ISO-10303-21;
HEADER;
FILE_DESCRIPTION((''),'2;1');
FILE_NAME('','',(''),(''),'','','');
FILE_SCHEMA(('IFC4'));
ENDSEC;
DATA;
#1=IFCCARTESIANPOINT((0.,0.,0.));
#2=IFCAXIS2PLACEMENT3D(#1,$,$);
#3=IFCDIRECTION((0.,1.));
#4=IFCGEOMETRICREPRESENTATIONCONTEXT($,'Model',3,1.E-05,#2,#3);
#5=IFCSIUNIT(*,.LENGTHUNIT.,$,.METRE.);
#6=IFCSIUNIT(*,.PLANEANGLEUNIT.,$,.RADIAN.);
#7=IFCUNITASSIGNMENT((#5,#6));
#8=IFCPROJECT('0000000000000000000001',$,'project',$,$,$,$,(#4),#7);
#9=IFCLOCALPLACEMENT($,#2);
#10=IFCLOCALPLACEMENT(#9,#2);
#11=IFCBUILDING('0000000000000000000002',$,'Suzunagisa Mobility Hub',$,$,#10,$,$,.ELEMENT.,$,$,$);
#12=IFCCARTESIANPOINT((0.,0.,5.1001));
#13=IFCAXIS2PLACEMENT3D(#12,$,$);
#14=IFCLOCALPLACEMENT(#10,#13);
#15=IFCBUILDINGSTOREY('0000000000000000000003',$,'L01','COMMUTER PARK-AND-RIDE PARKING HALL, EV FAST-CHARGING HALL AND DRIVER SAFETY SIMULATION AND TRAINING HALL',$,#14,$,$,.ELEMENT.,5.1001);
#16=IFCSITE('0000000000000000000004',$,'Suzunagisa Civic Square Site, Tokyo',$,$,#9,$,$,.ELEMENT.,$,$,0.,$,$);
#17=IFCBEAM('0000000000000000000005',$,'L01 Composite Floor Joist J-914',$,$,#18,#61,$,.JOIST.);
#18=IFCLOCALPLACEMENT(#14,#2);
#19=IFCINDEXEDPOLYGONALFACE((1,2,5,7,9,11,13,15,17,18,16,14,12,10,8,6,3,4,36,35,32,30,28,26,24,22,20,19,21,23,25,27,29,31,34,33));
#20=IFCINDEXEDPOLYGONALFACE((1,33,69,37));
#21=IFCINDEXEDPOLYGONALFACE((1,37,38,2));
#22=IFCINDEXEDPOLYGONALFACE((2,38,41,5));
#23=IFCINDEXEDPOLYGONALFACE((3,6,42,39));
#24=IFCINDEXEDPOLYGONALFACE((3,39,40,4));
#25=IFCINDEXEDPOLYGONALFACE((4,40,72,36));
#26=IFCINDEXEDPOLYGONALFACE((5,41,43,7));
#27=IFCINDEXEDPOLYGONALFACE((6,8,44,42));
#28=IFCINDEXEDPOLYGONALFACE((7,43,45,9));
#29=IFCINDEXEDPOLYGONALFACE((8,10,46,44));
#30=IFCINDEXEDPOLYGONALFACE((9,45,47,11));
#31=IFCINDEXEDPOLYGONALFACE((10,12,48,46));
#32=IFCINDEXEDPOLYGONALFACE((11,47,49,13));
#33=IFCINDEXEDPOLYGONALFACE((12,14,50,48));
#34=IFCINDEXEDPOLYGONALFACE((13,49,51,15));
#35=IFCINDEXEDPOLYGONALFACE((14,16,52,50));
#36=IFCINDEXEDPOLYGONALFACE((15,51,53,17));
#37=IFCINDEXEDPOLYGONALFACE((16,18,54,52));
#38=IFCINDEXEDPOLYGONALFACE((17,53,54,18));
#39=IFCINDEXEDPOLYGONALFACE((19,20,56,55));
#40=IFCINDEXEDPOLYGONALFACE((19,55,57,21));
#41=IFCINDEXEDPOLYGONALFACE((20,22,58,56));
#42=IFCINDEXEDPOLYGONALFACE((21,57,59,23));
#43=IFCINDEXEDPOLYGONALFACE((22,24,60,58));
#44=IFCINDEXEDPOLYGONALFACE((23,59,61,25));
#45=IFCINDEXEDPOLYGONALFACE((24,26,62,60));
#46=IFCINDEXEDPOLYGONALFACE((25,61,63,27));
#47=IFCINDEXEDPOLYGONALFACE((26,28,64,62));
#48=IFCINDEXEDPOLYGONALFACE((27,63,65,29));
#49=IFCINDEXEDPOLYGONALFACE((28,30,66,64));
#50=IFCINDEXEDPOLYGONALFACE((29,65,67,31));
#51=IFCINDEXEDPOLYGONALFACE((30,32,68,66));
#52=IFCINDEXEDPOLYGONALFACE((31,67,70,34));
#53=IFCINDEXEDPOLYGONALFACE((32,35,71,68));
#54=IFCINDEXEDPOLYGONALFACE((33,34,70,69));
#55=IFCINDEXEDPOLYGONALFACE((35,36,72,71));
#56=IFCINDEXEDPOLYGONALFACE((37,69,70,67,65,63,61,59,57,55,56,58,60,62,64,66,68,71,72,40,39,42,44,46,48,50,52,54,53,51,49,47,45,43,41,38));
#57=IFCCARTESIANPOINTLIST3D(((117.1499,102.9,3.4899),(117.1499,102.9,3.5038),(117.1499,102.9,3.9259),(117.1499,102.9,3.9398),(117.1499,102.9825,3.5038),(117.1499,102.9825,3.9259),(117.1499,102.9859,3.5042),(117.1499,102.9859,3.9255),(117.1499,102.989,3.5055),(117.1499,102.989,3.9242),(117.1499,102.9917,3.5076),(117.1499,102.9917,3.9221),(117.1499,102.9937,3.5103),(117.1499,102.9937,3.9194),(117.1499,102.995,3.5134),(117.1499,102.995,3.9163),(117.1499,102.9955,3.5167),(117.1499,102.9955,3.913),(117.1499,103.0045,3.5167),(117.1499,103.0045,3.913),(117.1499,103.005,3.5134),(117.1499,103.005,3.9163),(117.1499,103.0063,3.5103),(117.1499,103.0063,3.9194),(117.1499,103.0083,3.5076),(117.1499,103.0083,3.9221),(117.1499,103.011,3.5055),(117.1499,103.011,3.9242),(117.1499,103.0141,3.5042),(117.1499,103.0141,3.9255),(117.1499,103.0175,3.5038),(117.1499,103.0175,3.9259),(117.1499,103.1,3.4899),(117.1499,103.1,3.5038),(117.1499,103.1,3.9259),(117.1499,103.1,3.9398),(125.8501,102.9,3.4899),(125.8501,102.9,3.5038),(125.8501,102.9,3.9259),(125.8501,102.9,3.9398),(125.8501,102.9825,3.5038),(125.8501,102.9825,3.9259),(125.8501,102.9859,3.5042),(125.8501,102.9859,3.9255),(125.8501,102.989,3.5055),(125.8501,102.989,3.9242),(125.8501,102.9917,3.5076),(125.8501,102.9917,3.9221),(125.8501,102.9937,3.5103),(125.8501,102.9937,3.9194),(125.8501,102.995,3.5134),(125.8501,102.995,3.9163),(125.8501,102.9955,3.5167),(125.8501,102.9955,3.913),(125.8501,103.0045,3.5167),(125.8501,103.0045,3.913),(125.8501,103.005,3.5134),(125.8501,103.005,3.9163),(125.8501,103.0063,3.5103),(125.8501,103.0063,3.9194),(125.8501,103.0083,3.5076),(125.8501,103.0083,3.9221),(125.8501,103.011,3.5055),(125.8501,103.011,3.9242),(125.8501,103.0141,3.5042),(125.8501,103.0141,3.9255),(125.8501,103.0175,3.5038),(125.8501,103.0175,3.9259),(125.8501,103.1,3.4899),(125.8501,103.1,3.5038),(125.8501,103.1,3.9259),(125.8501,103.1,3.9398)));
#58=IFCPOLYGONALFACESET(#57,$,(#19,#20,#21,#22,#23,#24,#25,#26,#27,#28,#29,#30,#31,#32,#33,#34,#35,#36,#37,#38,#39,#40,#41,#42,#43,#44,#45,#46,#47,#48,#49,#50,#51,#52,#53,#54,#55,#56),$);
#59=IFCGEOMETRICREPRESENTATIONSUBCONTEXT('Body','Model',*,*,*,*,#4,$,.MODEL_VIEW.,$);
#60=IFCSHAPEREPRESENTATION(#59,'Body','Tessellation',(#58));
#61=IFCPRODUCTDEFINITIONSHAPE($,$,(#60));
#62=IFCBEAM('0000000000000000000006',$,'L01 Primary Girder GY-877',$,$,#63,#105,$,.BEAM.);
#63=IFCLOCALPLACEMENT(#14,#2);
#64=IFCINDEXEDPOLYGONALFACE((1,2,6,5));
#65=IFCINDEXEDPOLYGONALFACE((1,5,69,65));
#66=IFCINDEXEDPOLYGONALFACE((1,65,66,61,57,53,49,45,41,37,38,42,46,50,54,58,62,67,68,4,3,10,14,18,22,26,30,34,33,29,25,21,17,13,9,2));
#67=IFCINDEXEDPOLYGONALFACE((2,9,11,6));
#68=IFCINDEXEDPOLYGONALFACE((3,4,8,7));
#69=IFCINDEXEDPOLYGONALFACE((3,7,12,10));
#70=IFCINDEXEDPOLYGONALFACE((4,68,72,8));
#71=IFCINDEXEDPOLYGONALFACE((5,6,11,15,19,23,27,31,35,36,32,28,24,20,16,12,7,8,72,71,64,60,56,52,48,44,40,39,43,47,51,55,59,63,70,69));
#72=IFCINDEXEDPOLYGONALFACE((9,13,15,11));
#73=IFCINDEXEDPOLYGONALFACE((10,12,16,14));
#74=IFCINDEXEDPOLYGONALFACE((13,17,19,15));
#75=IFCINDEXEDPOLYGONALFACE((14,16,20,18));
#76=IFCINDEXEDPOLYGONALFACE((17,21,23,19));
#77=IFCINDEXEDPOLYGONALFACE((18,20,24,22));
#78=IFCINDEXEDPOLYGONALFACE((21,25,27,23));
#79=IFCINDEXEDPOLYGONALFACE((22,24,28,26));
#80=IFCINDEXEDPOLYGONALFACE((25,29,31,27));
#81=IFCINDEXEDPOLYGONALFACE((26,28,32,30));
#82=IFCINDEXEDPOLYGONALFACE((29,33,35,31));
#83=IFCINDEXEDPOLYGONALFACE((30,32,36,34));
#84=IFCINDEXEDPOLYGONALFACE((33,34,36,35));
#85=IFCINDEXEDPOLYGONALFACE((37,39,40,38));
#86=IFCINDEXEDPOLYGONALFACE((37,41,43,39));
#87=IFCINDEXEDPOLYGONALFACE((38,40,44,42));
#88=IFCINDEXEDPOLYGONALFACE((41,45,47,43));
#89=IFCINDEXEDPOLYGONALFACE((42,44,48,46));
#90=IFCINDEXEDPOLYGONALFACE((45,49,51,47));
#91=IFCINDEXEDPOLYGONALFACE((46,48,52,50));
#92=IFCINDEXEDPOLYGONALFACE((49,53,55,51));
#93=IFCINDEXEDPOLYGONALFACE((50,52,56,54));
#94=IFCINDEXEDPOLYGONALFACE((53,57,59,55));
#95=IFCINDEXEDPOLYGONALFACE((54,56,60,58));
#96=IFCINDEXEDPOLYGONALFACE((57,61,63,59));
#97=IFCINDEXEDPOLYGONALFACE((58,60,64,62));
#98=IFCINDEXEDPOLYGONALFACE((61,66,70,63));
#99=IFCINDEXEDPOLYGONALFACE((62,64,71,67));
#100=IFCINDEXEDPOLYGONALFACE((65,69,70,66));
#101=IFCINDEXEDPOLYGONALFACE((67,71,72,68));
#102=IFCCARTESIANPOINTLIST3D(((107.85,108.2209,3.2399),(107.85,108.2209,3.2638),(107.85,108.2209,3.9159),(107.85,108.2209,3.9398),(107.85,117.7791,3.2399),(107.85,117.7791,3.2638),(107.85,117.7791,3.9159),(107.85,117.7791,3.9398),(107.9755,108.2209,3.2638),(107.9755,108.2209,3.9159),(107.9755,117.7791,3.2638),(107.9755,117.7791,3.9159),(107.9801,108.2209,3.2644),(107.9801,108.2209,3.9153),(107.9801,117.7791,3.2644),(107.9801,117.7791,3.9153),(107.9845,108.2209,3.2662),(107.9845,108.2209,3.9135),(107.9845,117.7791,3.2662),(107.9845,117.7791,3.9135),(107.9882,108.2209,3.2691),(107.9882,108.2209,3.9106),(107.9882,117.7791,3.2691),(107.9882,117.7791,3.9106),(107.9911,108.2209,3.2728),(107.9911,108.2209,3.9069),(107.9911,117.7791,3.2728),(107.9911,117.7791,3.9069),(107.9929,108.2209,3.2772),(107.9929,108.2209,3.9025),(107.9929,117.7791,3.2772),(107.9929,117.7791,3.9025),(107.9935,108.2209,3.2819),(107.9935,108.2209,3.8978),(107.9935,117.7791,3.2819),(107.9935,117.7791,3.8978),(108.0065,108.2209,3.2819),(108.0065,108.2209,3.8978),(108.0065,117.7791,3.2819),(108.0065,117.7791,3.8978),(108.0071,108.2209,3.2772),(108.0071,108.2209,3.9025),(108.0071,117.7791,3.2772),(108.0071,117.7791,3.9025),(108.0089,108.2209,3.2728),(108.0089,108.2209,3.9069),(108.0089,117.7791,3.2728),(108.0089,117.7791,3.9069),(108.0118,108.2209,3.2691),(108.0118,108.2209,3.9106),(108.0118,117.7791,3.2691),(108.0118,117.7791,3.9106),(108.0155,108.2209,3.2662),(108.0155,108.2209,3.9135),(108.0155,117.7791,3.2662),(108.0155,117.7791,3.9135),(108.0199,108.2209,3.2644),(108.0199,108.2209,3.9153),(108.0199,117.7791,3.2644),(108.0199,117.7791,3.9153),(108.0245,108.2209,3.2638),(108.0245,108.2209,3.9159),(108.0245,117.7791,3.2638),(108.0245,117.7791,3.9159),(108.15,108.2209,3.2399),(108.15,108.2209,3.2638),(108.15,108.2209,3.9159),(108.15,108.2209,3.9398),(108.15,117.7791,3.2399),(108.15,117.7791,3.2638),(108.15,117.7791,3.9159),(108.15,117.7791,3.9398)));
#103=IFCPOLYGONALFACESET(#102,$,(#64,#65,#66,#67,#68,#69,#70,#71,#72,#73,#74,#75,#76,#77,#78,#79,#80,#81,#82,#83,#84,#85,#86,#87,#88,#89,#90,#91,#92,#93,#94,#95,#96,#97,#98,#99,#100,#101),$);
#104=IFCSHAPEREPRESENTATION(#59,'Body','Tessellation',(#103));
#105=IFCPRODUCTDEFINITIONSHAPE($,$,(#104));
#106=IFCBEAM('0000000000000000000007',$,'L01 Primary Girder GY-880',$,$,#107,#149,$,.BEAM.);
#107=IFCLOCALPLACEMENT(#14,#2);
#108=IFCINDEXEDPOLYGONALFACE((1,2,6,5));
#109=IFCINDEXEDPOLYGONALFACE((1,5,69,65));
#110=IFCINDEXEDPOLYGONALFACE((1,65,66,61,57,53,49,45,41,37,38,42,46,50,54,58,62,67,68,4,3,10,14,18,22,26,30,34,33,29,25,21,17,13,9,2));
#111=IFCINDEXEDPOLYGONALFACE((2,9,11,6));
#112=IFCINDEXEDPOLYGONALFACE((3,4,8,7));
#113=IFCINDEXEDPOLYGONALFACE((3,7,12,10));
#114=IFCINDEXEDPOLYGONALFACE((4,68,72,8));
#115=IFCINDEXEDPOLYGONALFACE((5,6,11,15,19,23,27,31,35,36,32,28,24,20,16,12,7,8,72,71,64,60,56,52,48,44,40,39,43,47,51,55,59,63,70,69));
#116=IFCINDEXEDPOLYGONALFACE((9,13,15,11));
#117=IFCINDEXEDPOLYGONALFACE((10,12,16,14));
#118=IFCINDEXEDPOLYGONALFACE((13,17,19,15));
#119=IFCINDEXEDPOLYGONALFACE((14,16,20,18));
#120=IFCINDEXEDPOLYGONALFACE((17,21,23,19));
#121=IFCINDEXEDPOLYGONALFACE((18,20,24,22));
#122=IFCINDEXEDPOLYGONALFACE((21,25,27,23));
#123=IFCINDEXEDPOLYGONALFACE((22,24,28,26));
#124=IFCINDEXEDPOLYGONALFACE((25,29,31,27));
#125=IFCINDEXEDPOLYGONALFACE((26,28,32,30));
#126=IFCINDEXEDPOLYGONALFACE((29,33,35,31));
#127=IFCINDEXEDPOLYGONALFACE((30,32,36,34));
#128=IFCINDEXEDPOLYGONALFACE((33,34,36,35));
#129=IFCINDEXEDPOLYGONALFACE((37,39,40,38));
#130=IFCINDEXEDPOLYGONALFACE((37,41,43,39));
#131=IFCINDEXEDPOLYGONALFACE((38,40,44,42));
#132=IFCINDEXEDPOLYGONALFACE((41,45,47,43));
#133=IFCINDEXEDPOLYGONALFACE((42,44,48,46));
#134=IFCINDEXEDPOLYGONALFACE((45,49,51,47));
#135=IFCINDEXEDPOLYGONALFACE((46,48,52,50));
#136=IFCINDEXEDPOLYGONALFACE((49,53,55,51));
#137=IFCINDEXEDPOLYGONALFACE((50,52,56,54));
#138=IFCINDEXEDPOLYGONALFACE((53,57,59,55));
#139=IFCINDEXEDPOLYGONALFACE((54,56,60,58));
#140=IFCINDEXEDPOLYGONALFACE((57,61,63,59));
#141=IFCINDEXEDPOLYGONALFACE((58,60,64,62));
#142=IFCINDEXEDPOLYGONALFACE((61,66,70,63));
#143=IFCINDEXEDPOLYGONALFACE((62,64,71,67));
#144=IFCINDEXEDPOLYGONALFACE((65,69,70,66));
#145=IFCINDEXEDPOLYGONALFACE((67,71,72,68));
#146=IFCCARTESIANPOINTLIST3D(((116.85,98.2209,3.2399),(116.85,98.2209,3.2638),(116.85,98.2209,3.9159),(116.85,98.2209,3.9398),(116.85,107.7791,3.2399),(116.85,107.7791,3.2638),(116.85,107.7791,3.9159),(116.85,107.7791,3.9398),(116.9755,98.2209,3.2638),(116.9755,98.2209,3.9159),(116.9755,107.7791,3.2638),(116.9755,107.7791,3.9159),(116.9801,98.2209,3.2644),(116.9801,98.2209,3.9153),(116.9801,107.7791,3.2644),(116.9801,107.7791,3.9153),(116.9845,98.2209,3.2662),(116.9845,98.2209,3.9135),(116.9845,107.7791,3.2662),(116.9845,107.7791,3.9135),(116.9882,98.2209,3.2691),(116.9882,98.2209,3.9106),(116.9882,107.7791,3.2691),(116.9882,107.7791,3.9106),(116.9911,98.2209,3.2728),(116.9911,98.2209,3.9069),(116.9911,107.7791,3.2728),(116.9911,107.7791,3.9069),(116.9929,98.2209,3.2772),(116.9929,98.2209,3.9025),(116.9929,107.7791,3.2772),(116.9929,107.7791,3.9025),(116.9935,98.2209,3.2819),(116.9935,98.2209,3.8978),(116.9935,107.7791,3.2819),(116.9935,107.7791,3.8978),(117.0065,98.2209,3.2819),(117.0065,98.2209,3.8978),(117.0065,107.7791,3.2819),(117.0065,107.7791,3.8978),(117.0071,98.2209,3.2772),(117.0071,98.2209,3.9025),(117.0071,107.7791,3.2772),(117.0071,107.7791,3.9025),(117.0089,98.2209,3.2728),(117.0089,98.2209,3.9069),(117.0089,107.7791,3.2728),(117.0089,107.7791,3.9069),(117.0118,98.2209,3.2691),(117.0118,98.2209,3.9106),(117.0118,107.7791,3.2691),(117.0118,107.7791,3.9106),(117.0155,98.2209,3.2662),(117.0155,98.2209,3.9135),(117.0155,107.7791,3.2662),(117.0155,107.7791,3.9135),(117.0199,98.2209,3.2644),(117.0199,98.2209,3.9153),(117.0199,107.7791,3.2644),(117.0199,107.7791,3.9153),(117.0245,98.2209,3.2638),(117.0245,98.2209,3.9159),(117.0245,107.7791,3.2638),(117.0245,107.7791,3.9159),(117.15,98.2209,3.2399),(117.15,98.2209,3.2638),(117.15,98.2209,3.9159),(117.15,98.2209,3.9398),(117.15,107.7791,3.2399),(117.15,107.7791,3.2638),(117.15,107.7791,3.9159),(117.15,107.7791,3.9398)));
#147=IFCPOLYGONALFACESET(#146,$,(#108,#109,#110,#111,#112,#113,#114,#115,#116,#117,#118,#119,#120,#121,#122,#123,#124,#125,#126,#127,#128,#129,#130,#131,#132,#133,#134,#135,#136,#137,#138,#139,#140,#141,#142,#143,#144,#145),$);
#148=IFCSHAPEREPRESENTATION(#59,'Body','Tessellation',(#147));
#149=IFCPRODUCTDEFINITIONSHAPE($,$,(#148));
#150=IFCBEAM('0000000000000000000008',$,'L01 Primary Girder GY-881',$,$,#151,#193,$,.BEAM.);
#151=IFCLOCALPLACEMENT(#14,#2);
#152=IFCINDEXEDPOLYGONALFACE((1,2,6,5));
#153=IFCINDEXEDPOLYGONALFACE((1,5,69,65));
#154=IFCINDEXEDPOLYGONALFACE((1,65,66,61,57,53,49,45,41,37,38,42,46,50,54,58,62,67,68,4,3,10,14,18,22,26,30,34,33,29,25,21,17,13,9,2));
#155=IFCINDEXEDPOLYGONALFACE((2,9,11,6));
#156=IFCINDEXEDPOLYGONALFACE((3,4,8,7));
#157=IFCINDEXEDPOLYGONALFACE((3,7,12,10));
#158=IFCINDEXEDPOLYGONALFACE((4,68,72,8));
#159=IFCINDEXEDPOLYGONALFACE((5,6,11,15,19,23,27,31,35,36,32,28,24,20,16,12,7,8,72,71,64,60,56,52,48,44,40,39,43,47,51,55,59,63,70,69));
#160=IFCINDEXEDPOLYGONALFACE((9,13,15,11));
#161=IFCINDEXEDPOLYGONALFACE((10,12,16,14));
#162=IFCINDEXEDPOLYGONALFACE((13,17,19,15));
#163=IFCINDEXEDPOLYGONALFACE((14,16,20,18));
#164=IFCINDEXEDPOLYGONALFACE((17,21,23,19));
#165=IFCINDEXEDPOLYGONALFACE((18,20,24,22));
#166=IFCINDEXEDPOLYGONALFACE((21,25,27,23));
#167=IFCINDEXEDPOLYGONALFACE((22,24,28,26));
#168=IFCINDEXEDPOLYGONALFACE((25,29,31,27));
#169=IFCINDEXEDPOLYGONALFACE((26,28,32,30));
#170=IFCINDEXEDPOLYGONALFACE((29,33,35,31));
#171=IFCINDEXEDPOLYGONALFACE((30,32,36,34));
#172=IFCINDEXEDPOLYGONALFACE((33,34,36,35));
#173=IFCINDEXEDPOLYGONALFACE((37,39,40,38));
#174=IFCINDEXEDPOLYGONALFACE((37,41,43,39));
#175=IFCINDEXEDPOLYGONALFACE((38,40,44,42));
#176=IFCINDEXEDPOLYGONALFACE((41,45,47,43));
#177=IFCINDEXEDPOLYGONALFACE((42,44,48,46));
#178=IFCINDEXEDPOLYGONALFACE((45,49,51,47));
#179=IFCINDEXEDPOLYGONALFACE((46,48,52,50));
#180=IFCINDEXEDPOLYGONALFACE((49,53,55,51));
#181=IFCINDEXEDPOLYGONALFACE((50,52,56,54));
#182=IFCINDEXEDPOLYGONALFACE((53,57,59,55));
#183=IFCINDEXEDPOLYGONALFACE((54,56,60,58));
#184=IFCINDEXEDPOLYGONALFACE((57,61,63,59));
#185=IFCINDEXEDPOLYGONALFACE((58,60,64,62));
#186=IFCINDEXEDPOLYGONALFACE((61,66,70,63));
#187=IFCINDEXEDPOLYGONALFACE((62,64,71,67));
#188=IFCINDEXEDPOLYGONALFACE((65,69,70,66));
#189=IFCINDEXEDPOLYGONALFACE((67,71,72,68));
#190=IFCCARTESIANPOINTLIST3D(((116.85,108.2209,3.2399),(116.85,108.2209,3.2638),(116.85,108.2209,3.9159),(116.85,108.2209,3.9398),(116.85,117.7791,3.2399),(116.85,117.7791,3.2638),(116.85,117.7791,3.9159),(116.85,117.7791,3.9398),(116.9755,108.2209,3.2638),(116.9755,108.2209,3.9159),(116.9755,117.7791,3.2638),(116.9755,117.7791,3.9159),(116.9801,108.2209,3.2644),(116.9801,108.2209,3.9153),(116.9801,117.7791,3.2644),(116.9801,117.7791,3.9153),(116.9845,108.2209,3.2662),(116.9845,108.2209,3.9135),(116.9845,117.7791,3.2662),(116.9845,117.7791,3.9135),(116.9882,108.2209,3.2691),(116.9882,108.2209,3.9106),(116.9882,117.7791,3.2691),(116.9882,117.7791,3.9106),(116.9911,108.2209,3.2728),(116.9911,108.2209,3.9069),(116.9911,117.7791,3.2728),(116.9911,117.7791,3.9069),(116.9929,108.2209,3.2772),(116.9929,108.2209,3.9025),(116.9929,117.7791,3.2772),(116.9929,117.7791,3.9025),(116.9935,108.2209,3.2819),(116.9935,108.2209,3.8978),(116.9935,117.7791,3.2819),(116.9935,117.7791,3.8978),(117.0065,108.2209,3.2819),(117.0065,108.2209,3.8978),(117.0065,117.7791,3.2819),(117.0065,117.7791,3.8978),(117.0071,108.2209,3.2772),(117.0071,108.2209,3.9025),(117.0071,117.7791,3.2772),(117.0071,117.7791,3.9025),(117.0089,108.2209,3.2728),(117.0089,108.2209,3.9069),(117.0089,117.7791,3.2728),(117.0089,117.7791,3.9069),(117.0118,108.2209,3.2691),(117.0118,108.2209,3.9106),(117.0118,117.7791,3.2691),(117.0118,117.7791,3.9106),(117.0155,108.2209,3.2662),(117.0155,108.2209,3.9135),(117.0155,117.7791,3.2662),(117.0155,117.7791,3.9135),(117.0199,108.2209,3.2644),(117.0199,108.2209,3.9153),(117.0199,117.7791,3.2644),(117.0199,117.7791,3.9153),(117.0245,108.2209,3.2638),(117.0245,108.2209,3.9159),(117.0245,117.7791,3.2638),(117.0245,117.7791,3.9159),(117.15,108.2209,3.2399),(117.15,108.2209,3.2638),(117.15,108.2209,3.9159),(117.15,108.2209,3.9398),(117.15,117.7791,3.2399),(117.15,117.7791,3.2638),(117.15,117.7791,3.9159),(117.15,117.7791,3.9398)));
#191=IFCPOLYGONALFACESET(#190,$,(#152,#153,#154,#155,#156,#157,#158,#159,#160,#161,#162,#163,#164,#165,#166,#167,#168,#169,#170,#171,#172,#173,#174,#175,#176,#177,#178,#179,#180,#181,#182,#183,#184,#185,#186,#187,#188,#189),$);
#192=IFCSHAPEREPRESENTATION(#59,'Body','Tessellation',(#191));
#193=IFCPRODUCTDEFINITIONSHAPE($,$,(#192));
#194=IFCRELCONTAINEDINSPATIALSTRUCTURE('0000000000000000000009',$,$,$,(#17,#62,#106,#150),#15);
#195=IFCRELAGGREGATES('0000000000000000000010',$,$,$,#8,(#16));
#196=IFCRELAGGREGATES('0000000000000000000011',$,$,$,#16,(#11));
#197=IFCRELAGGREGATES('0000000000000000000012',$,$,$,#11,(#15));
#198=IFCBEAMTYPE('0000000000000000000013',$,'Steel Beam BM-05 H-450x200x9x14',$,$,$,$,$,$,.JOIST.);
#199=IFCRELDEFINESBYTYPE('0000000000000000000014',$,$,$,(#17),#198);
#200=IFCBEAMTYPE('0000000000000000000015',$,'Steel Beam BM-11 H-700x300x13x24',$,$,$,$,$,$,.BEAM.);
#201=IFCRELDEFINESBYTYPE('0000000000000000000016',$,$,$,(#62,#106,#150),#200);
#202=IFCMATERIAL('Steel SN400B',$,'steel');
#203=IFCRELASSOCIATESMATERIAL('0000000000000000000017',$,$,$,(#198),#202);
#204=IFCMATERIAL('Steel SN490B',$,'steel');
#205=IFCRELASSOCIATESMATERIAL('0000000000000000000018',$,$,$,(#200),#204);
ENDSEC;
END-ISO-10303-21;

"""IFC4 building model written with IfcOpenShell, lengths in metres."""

from ifc_helpers import new_model, si_unit, direction, frame, origin, origin_2d, place, context, subcontext, project, spatial, i_section, extrude, material, material_profile, profile_set, type_object, element, save


model = new_model("IFC4")

# Units and contexts
model_context = context("Model", 3, precision=1e-05, world=origin(), true_north=direction((0.0, 1.0)))
body_context = subcontext(model_context, "Body", "Model", "MODEL_VIEW")
ifc_project = project(units=[si_unit("LENGTHUNIT", "METRE"), si_unit("PLANEANGLEUNIT", "RADIAN")], contexts=[model_context])

# Site, building, storey
site_placement = place(None, origin())
site = spatial("IfcSite", under=ifc_project, at=site_placement, Name="Suzunagisa Civic Square Site, Tokyo", CompositionType="ELEMENT", RefElevation=0.0)
building_placement = place(site_placement, origin())
building = spatial("IfcBuilding", under=site, at=building_placement, Name="Suzunagisa Mobility Hub", CompositionType="ELEMENT")
storey_placement = place(building_placement, frame((0.0, 0.0, 5.1001)))
storey = spatial("IfcBuildingStorey", under=building, at=storey_placement, Name="L01", Description="COMMUTER PARK-AND-RIDE PARKING HALL, EV FAST-CHARGING HALL AND DRIVER SAFETY SIMULATION AND TRAINING HALL", CompositionType="ELEMENT", Elevation=5.1001)

# Shared definitions
ifc_material_1 = material(Name="Steel SN490B", Category="steel")

# Beams
ifc_material_2 = material(Name="Steel SN400B", Category="steel")
ifc_material_profile_1 = material_profile(ifc_material_2, i_section(OverallWidth=0.2, OverallDepth=0.45, WebThickness=0.009, FlangeThickness=0.0139, FilletRadius=0.0129, at=origin_2d()), Name="H-450x200x9x14")
ifc_profile_set_1 = profile_set([ifc_material_profile_1], Name="Steel SN400B")
beam_type_1 = type_object("IfcBeamType", Name="Steel Beam BM-05 H-450x200x9x14", PredefinedType="JOIST", material=ifc_profile_set_1)
for number, where, z_axis, x_axis, name in (
    (1, (117.1499, 103.0, 3.7148), (1.0, 0.0, 0.0), (0.0, 1.0, 0.0), "L01 Composite Floor Joist J-914"),
):
    element("IfcBeam", number, at=place(storey_placement, frame(where, z_axis=z_axis, x_axis=x_axis)), inside=storey, type_object=beam_type_1, Name=name, PredefinedType="JOIST", context=body_context, shape_type="SweptSolid", body=[
        extrude(i_section(OverallWidth=0.2, OverallDepth=0.45, WebThickness=0.009, FlangeThickness=0.0139, FilletRadius=0.0129, at=origin_2d()), origin(), (0.0, 0.0, 1.0), 8.7002),
    ])
ifc_material_profile_2 = material_profile(ifc_material_1, i_section(OverallWidth=0.3, OverallDepth=0.7, WebThickness=0.0129, FlangeThickness=0.0239, FilletRadius=0.0181, at=origin_2d()), Name="H-700x300x13x24")
ifc_profile_set_2 = profile_set([ifc_material_profile_2], Name="Steel SN490B")
beam_type_2 = type_object("IfcBeamType", Name="Steel Beam BM-11 H-700x300x13x24", PredefinedType="BEAM", material=ifc_profile_set_2)
for number, where, z_axis, x_axis, name in (
    (2, (108.0, 108.2209, 3.5898), (0.0, 1.0, 0.0), (-1.0, 0.0, 0.0), "L01 Primary Girder GY-877"),
    (3, (117.0, 98.2209, 3.5898), (0.0, 1.0, 0.0), (-1.0, 0.0, 0.0), "L01 Primary Girder GY-880"),
    (4, (117.0, 108.2209, 3.5898), (0.0, 1.0, 0.0), (-1.0, 0.0, 0.0), "L01 Primary Girder GY-881"),
):
    element("IfcBeam", number, at=place(storey_placement, frame(where, z_axis=z_axis, x_axis=x_axis)), inside=storey, type_object=beam_type_2, Name=name, PredefinedType="BEAM", context=body_context, shape_type="SweptSolid", body=[
        extrude(i_section(OverallWidth=0.3, OverallDepth=0.7, WebThickness=0.0129, FlangeThickness=0.0239, FilletRadius=0.0181, at=origin_2d()), origin(), (0.0, 0.0, 1.0), 9.5581),
    ])

save(model, "model.ifc")
